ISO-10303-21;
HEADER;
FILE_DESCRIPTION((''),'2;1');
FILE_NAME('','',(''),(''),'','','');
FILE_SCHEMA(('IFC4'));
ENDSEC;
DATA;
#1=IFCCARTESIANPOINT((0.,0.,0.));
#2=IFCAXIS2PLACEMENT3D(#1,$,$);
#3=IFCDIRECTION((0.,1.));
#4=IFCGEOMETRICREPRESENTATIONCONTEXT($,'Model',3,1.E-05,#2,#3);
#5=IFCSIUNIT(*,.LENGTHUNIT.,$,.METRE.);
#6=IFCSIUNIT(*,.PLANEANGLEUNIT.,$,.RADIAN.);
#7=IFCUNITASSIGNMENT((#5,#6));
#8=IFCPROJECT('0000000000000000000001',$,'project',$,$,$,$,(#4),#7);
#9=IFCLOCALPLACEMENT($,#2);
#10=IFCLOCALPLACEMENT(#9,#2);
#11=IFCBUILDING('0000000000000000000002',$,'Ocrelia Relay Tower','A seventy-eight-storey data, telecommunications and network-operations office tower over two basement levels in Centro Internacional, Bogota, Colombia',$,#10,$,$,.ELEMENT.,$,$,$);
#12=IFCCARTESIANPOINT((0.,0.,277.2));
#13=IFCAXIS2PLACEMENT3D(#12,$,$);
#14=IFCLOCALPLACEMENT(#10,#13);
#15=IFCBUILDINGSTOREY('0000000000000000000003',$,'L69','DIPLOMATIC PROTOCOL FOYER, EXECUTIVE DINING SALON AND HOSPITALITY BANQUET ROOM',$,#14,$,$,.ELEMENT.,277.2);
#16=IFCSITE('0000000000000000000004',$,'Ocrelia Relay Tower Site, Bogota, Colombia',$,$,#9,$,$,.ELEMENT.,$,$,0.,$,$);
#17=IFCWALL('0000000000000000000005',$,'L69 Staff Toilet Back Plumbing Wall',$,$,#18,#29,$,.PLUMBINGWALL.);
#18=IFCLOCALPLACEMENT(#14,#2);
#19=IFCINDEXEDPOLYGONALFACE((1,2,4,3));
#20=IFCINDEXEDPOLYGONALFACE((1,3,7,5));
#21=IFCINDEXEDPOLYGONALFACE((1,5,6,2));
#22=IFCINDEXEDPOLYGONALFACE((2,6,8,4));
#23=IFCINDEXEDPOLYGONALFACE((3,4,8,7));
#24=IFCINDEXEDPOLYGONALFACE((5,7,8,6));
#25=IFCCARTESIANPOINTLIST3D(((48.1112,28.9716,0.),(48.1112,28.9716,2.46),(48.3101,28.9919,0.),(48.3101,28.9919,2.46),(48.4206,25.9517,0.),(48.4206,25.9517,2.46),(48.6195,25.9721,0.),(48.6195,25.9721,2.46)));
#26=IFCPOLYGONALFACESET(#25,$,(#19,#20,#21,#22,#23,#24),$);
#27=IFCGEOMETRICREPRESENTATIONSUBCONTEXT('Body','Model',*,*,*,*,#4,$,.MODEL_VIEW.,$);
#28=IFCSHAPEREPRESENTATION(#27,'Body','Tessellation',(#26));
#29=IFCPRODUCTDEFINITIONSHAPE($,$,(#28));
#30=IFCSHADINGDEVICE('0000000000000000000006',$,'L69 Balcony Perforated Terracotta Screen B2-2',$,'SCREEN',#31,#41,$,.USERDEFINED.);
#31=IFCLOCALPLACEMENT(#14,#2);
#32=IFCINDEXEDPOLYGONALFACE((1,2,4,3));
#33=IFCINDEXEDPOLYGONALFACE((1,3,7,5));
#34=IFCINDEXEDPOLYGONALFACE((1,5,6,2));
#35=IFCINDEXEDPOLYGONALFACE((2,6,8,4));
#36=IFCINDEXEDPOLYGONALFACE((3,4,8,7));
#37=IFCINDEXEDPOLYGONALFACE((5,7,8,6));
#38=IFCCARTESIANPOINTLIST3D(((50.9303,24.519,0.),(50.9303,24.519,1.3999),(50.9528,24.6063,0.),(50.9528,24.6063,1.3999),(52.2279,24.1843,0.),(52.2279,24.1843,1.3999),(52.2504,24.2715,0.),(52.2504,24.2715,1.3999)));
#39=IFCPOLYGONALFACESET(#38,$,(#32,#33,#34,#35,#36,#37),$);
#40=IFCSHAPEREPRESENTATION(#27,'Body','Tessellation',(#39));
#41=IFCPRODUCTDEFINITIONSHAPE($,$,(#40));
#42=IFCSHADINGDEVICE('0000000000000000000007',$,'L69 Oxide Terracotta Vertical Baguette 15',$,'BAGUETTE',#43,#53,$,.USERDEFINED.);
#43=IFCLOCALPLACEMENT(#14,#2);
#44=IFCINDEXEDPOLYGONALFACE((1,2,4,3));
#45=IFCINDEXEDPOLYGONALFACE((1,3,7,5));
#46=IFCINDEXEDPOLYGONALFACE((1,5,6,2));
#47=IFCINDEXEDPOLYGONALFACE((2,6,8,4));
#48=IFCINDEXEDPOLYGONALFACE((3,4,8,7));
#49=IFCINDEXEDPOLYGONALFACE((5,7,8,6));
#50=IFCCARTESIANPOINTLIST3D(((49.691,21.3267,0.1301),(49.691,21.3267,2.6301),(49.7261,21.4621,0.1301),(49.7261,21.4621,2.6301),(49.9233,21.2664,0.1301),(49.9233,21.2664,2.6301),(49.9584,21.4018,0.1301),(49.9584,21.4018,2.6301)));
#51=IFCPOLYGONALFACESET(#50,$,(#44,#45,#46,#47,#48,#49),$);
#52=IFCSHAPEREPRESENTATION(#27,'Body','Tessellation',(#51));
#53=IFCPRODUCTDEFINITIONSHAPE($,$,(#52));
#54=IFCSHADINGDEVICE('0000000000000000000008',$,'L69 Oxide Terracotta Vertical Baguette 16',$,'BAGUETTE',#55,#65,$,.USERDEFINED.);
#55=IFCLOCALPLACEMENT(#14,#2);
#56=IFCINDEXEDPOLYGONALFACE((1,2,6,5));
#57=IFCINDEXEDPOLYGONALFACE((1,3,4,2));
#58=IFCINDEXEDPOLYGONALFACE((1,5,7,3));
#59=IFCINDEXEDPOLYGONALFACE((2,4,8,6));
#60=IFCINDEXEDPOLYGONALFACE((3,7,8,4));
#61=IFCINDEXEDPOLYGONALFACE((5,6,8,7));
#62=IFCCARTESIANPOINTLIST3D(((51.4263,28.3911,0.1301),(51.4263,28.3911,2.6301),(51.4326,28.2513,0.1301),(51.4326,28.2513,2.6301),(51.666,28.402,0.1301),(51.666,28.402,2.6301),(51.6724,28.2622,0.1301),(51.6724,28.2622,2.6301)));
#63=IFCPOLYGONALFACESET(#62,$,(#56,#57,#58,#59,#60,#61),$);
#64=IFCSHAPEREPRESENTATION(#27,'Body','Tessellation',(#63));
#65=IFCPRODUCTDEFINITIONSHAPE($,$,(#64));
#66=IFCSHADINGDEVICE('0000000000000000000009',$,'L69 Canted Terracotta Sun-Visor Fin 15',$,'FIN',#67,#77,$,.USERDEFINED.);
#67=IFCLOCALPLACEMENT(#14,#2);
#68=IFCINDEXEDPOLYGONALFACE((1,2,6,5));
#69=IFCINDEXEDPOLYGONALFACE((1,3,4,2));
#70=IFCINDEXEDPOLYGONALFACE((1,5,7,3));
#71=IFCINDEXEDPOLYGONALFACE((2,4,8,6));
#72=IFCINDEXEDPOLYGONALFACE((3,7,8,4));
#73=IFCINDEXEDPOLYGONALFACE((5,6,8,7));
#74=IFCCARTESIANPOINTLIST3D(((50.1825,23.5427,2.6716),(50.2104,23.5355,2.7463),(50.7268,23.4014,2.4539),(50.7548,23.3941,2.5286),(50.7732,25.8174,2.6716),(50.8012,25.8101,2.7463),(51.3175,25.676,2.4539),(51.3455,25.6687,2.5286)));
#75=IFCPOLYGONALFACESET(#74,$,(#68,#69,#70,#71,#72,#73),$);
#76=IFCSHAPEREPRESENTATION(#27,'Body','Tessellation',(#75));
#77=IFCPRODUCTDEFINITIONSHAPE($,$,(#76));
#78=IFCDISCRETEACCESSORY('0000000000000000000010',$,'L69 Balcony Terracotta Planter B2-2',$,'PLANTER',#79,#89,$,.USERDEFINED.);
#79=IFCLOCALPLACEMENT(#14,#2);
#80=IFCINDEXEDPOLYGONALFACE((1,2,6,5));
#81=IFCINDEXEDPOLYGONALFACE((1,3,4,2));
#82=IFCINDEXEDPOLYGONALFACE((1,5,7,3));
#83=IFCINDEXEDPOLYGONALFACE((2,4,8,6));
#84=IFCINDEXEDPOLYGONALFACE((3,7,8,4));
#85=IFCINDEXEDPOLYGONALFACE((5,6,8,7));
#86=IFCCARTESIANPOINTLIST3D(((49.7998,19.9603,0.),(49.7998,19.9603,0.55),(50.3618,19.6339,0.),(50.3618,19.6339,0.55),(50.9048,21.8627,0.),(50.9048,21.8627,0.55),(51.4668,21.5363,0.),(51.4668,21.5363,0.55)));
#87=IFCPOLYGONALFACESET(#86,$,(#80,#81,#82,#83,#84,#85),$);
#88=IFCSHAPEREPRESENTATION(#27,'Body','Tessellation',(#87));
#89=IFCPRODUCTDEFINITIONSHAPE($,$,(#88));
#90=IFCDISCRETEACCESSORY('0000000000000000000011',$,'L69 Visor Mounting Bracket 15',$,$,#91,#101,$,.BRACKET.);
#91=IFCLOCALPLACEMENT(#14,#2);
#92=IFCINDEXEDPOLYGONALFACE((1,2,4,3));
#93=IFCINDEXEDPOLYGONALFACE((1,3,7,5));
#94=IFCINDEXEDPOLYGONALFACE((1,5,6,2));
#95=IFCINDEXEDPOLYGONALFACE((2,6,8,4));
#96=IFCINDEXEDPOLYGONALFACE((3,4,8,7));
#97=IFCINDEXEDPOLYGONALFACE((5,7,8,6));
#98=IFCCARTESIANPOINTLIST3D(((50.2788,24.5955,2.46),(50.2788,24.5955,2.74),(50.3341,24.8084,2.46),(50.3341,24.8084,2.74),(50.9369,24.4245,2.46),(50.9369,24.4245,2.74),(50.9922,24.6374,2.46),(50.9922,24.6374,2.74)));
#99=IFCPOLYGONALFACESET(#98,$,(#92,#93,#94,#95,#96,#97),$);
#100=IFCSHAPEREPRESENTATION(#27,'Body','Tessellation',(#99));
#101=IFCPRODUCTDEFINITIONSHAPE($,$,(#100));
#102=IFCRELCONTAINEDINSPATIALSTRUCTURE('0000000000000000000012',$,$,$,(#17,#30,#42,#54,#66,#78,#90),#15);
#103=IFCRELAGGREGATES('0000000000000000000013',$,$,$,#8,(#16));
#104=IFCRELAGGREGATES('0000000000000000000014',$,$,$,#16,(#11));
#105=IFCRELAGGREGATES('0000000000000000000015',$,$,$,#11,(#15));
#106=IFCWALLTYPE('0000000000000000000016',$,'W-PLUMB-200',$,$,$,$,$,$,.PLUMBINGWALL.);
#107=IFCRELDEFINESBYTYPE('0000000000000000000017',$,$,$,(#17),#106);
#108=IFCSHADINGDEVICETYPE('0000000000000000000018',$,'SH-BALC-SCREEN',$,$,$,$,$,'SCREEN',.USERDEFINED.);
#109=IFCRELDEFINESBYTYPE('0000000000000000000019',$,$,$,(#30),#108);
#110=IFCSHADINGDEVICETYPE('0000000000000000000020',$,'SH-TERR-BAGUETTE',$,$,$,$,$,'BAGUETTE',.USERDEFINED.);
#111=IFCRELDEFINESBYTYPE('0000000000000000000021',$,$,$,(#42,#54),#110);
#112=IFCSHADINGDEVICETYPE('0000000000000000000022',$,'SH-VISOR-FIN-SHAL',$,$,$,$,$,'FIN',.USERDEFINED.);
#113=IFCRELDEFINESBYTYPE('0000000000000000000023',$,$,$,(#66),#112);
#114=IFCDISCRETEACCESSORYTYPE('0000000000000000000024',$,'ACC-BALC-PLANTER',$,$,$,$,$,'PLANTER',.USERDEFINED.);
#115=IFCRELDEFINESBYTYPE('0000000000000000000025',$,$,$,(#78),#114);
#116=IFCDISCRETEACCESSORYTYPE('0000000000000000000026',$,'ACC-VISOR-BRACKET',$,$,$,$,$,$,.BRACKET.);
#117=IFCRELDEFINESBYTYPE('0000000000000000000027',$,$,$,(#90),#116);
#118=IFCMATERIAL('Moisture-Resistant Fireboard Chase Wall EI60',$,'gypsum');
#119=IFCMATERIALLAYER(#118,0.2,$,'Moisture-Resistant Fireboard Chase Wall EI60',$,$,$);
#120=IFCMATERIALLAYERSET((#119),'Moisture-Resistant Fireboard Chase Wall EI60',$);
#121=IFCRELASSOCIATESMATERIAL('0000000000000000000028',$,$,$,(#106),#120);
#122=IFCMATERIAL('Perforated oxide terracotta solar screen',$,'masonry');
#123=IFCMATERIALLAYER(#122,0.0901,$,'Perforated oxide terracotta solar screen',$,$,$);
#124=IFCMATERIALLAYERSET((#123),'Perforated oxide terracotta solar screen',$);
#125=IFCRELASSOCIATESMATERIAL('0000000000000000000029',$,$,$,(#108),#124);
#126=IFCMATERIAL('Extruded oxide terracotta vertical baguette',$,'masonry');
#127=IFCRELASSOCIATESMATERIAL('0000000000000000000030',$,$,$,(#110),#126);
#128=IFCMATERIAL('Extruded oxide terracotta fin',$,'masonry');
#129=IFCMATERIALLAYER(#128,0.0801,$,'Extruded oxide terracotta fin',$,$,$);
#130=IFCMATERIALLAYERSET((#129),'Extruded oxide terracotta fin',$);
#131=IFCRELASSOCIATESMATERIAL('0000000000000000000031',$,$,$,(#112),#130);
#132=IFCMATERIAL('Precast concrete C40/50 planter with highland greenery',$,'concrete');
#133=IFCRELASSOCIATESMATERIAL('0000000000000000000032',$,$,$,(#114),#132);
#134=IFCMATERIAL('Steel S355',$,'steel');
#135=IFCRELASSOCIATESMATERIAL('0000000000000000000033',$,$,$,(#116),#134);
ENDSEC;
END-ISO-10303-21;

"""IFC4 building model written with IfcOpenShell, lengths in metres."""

from ifc_helpers import new_model, si_unit, direction, frame, frame_2d, origin, origin_2d, place, context, subcontext, project, spatial, rectangle, extrude, material, layer, layer_set, type_object, element, save


model = new_model("IFC4")

# Units and contexts
model_context = context("Model", 3, precision=1e-05, world=origin(), true_north=direction((0.0, 1.0)))
body_context = subcontext(model_context, "Body", "Model", "MODEL_VIEW")
ifc_project = project(units=[si_unit("LENGTHUNIT", "METRE"), si_unit("PLANEANGLEUNIT", "RADIAN")], contexts=[model_context])

# Site, building, storey
site_placement = place(None, origin())
site = spatial("IfcSite", under=ifc_project, at=site_placement, Name="Ocrelia Relay Tower Site, Bogota, Colombia", CompositionType="ELEMENT", RefElevation=0.0)
building_placement = place(site_placement, origin())
building = spatial("IfcBuilding", under=site, at=building_placement, Name="Ocrelia Relay Tower", Description="A seventy-eight-storey data, telecommunications and network-operations office tower over two basement levels in Centro Internacional, Bogota, Colombia", CompositionType="ELEMENT")
storey_placement = place(building_placement, frame((0.0, 0.0, 277.2)))
storey = spatial("IfcBuildingStorey", under=building, at=storey_placement, Name="L69", Description="DIPLOMATIC PROTOCOL FOYER, EXECUTIVE DINING SALON AND HOSPITALITY BANQUET ROOM", CompositionType="ELEMENT", Elevation=277.2)

# Shared definitions
ifc_material_1 = material(Name="Steel S355", Category="steel")

# Wall
ifc_material_2 = material(Name="Moisture-Resistant Fireboard Chase Wall EI60", Category="gypsum")
ifc_layer_1 = layer(ifc_material_2, 0.2, Name="Moisture-Resistant Fireboard Chase Wall EI60")
ifc_layer_set_1 = layer_set([ifc_layer_1], Name="Moisture-Resistant Fireboard Chase Wall EI60")
wall_type_1 = type_object("IfcWallType", Name="W-PLUMB-200", PredefinedType="PLUMBINGWALL", material=ifc_layer_set_1)
wall_1_placement = place(storey_placement, frame((48.52, 25.9619, 0.0), z_axis=(0.0, 0.0, 1.0), x_axis=(-0.1019, 0.994795, 0.0)))
element("IfcWall", 1, at=wall_1_placement, inside=storey, type_object=wall_type_1, Name="L69 Staff Toilet Back Plumbing Wall", PredefinedType="PLUMBINGWALL", context=body_context, shape_type="SweptSolid", body=[
    extrude(rectangle(XDim=3.0356, YDim=0.2, at=frame_2d((1.5178, 0.0))), origin(), (0.0, 0.0, 1.0), 2.46),
])

# Shading devices
ifc_material_3 = material(Name="Perforated oxide terracotta solar screen", Category="masonry")
ifc_layer_2 = layer(ifc_material_3, 0.0901, Name="Perforated oxide terracotta solar screen")
ifc_layer_set_2 = layer_set([ifc_layer_2], Name="Perforated oxide terracotta solar screen")
shading_device_type_1 = type_object("IfcShadingDeviceType", Name="SH-BALC-SCREEN", ElementType="SCREEN", PredefinedType="USERDEFINED", material=ifc_layer_set_2)
shading_device_1_placement = place(storey_placement, frame((51.5903, 24.3953, 0.0), z_axis=(0.0, 0.0, 1.0), x_axis=(0.968296, -0.249806, 0.0)))
element("IfcShadingDevice", 2, at=shading_device_1_placement, inside=storey, type_object=shading_device_type_1, Name="L69 Balcony Perforated Terracotta Screen B2-2", ObjectType="SCREEN", PredefinedType="USERDEFINED", context=body_context, shape_type="SweptSolid", body=[
    extrude(rectangle(XDim=1.3401, YDim=0.0901, at=origin_2d()), origin(), (0.0, 0.0, 1.0), 1.3999),
])
ifc_material_4 = material(Name="Extruded oxide terracotta vertical baguette", Category="masonry")
shading_device_type_2 = type_object("IfcShadingDeviceType", Name="SH-TERR-BAGUETTE", ElementType="BAGUETTE", PredefinedType="USERDEFINED", material=ifc_material_4)
for number, where, z_axis, x_axis, name in (
    (3, (49.8247, 21.3643, 0.1301), (0.0, 0.0, 1.0), (0.251378, 0.967889, 0.0), "L69 Oxide Terracotta Vertical Baguette 15"),
    (4, (51.5493, 28.3267, 0.1301), (0.0, 0.0, 1.0), (-0.04543, 0.998968, 0.0), "L69 Oxide Terracotta Vertical Baguette 16"),
):
    element("IfcShadingDevice", number, at=place(storey_placement, frame(where, z_axis=z_axis, x_axis=x_axis)), inside=storey, type_object=shading_device_type_2, Name=name, ObjectType="BAGUETTE", PredefinedType="USERDEFINED", context=body_context, shape_type="SweptSolid", body=[
        extrude(rectangle(XDim=0.1399, YDim=0.24, at=origin_2d()), origin(), (0.0, 0.0, 1.0), 2.5),
    ])
ifc_material_5 = material(Name="Extruded oxide terracotta fin", Category="masonry")
ifc_layer_3 = layer(ifc_material_5, 0.0801, Name="Extruded oxide terracotta fin")
ifc_layer_set_3 = layer_set([ifc_layer_3], Name="Extruded oxide terracotta fin")
shading_device_type_3 = type_object("IfcShadingDeviceType", Name="SH-VISOR-FIN-SHAL", ElementType="FIN", PredefinedType="USERDEFINED", material=ifc_layer_set_3)
shading_device_2_placement = place(storey_placement, frame((50.75, 24.6094, 2.5627), z_axis=(0.349382, -0.090741, 0.932576), x_axis=(0.251378, 0.967889, 0.0)))
element("IfcShadingDevice", 5, at=shading_device_2_placement, inside=storey, type_object=shading_device_type_3, Name="L69 Canted Terracotta Sun-Visor Fin 15", ObjectType="FIN", PredefinedType="USERDEFINED", context=body_context, shape_type="SweptSolid", body=[
    extrude(rectangle(XDim=2.3501, YDim=0.603, at=origin_2d()), origin(), (0.0, 0.0, 1.0), 0.0801),
])

# Discrete accessories
ifc_material_6 = material(Name="Precast concrete C40/50 planter with highland greenery", Category="concrete")
discrete_accessory_type_1 = type_object("IfcDiscreteAccessoryType", Name="ACC-BALC-PLANTER", ElementType="PLANTER", PredefinedType="USERDEFINED", material=ifc_material_6)
discrete_accessory_1_placement = place(storey_placement, frame((50.6333, 20.7483, 0.0), z_axis=(0.0, 0.0, 1.0), x_axis=(-0.502252, -0.864721, 0.0)))
element("IfcDiscreteAccessory", 6, at=discrete_accessory_1_placement, inside=storey, type_object=discrete_accessory_type_1, Name="L69 Balcony Terracotta Planter B2-2", ObjectType="PLANTER", PredefinedType="USERDEFINED", context=body_context, shape_type="SweptSolid", body=[
    extrude(rectangle(XDim=2.2, YDim=0.6499, at=origin_2d()), origin(), (0.0, 0.0, 1.0), 0.55),
])
discrete_accessory_type_2 = type_object("IfcDiscreteAccessoryType", Name="ACC-VISOR-BRACKET", PredefinedType="BRACKET", material=ifc_material_1)
discrete_accessory_2_placement = place(storey_placement, frame((50.6355, 24.6165, 2.46), z_axis=(0.0, 0.0, 1.0), x_axis=(0.251378, 0.967889, 0.0)))
element("IfcDiscreteAccessory", 7, at=discrete_accessory_2_placement, inside=storey, type_object=discrete_accessory_type_2, Name="L69 Visor Mounting Bracket 15", PredefinedType="BRACKET", context=body_context, shape_type="SweptSolid", body=[
    extrude(rectangle(XDim=0.22, YDim=0.6799, at=origin_2d()), origin(), (0.0, 0.0, 1.0), 0.28),
])

save(model, "model.ifc")
